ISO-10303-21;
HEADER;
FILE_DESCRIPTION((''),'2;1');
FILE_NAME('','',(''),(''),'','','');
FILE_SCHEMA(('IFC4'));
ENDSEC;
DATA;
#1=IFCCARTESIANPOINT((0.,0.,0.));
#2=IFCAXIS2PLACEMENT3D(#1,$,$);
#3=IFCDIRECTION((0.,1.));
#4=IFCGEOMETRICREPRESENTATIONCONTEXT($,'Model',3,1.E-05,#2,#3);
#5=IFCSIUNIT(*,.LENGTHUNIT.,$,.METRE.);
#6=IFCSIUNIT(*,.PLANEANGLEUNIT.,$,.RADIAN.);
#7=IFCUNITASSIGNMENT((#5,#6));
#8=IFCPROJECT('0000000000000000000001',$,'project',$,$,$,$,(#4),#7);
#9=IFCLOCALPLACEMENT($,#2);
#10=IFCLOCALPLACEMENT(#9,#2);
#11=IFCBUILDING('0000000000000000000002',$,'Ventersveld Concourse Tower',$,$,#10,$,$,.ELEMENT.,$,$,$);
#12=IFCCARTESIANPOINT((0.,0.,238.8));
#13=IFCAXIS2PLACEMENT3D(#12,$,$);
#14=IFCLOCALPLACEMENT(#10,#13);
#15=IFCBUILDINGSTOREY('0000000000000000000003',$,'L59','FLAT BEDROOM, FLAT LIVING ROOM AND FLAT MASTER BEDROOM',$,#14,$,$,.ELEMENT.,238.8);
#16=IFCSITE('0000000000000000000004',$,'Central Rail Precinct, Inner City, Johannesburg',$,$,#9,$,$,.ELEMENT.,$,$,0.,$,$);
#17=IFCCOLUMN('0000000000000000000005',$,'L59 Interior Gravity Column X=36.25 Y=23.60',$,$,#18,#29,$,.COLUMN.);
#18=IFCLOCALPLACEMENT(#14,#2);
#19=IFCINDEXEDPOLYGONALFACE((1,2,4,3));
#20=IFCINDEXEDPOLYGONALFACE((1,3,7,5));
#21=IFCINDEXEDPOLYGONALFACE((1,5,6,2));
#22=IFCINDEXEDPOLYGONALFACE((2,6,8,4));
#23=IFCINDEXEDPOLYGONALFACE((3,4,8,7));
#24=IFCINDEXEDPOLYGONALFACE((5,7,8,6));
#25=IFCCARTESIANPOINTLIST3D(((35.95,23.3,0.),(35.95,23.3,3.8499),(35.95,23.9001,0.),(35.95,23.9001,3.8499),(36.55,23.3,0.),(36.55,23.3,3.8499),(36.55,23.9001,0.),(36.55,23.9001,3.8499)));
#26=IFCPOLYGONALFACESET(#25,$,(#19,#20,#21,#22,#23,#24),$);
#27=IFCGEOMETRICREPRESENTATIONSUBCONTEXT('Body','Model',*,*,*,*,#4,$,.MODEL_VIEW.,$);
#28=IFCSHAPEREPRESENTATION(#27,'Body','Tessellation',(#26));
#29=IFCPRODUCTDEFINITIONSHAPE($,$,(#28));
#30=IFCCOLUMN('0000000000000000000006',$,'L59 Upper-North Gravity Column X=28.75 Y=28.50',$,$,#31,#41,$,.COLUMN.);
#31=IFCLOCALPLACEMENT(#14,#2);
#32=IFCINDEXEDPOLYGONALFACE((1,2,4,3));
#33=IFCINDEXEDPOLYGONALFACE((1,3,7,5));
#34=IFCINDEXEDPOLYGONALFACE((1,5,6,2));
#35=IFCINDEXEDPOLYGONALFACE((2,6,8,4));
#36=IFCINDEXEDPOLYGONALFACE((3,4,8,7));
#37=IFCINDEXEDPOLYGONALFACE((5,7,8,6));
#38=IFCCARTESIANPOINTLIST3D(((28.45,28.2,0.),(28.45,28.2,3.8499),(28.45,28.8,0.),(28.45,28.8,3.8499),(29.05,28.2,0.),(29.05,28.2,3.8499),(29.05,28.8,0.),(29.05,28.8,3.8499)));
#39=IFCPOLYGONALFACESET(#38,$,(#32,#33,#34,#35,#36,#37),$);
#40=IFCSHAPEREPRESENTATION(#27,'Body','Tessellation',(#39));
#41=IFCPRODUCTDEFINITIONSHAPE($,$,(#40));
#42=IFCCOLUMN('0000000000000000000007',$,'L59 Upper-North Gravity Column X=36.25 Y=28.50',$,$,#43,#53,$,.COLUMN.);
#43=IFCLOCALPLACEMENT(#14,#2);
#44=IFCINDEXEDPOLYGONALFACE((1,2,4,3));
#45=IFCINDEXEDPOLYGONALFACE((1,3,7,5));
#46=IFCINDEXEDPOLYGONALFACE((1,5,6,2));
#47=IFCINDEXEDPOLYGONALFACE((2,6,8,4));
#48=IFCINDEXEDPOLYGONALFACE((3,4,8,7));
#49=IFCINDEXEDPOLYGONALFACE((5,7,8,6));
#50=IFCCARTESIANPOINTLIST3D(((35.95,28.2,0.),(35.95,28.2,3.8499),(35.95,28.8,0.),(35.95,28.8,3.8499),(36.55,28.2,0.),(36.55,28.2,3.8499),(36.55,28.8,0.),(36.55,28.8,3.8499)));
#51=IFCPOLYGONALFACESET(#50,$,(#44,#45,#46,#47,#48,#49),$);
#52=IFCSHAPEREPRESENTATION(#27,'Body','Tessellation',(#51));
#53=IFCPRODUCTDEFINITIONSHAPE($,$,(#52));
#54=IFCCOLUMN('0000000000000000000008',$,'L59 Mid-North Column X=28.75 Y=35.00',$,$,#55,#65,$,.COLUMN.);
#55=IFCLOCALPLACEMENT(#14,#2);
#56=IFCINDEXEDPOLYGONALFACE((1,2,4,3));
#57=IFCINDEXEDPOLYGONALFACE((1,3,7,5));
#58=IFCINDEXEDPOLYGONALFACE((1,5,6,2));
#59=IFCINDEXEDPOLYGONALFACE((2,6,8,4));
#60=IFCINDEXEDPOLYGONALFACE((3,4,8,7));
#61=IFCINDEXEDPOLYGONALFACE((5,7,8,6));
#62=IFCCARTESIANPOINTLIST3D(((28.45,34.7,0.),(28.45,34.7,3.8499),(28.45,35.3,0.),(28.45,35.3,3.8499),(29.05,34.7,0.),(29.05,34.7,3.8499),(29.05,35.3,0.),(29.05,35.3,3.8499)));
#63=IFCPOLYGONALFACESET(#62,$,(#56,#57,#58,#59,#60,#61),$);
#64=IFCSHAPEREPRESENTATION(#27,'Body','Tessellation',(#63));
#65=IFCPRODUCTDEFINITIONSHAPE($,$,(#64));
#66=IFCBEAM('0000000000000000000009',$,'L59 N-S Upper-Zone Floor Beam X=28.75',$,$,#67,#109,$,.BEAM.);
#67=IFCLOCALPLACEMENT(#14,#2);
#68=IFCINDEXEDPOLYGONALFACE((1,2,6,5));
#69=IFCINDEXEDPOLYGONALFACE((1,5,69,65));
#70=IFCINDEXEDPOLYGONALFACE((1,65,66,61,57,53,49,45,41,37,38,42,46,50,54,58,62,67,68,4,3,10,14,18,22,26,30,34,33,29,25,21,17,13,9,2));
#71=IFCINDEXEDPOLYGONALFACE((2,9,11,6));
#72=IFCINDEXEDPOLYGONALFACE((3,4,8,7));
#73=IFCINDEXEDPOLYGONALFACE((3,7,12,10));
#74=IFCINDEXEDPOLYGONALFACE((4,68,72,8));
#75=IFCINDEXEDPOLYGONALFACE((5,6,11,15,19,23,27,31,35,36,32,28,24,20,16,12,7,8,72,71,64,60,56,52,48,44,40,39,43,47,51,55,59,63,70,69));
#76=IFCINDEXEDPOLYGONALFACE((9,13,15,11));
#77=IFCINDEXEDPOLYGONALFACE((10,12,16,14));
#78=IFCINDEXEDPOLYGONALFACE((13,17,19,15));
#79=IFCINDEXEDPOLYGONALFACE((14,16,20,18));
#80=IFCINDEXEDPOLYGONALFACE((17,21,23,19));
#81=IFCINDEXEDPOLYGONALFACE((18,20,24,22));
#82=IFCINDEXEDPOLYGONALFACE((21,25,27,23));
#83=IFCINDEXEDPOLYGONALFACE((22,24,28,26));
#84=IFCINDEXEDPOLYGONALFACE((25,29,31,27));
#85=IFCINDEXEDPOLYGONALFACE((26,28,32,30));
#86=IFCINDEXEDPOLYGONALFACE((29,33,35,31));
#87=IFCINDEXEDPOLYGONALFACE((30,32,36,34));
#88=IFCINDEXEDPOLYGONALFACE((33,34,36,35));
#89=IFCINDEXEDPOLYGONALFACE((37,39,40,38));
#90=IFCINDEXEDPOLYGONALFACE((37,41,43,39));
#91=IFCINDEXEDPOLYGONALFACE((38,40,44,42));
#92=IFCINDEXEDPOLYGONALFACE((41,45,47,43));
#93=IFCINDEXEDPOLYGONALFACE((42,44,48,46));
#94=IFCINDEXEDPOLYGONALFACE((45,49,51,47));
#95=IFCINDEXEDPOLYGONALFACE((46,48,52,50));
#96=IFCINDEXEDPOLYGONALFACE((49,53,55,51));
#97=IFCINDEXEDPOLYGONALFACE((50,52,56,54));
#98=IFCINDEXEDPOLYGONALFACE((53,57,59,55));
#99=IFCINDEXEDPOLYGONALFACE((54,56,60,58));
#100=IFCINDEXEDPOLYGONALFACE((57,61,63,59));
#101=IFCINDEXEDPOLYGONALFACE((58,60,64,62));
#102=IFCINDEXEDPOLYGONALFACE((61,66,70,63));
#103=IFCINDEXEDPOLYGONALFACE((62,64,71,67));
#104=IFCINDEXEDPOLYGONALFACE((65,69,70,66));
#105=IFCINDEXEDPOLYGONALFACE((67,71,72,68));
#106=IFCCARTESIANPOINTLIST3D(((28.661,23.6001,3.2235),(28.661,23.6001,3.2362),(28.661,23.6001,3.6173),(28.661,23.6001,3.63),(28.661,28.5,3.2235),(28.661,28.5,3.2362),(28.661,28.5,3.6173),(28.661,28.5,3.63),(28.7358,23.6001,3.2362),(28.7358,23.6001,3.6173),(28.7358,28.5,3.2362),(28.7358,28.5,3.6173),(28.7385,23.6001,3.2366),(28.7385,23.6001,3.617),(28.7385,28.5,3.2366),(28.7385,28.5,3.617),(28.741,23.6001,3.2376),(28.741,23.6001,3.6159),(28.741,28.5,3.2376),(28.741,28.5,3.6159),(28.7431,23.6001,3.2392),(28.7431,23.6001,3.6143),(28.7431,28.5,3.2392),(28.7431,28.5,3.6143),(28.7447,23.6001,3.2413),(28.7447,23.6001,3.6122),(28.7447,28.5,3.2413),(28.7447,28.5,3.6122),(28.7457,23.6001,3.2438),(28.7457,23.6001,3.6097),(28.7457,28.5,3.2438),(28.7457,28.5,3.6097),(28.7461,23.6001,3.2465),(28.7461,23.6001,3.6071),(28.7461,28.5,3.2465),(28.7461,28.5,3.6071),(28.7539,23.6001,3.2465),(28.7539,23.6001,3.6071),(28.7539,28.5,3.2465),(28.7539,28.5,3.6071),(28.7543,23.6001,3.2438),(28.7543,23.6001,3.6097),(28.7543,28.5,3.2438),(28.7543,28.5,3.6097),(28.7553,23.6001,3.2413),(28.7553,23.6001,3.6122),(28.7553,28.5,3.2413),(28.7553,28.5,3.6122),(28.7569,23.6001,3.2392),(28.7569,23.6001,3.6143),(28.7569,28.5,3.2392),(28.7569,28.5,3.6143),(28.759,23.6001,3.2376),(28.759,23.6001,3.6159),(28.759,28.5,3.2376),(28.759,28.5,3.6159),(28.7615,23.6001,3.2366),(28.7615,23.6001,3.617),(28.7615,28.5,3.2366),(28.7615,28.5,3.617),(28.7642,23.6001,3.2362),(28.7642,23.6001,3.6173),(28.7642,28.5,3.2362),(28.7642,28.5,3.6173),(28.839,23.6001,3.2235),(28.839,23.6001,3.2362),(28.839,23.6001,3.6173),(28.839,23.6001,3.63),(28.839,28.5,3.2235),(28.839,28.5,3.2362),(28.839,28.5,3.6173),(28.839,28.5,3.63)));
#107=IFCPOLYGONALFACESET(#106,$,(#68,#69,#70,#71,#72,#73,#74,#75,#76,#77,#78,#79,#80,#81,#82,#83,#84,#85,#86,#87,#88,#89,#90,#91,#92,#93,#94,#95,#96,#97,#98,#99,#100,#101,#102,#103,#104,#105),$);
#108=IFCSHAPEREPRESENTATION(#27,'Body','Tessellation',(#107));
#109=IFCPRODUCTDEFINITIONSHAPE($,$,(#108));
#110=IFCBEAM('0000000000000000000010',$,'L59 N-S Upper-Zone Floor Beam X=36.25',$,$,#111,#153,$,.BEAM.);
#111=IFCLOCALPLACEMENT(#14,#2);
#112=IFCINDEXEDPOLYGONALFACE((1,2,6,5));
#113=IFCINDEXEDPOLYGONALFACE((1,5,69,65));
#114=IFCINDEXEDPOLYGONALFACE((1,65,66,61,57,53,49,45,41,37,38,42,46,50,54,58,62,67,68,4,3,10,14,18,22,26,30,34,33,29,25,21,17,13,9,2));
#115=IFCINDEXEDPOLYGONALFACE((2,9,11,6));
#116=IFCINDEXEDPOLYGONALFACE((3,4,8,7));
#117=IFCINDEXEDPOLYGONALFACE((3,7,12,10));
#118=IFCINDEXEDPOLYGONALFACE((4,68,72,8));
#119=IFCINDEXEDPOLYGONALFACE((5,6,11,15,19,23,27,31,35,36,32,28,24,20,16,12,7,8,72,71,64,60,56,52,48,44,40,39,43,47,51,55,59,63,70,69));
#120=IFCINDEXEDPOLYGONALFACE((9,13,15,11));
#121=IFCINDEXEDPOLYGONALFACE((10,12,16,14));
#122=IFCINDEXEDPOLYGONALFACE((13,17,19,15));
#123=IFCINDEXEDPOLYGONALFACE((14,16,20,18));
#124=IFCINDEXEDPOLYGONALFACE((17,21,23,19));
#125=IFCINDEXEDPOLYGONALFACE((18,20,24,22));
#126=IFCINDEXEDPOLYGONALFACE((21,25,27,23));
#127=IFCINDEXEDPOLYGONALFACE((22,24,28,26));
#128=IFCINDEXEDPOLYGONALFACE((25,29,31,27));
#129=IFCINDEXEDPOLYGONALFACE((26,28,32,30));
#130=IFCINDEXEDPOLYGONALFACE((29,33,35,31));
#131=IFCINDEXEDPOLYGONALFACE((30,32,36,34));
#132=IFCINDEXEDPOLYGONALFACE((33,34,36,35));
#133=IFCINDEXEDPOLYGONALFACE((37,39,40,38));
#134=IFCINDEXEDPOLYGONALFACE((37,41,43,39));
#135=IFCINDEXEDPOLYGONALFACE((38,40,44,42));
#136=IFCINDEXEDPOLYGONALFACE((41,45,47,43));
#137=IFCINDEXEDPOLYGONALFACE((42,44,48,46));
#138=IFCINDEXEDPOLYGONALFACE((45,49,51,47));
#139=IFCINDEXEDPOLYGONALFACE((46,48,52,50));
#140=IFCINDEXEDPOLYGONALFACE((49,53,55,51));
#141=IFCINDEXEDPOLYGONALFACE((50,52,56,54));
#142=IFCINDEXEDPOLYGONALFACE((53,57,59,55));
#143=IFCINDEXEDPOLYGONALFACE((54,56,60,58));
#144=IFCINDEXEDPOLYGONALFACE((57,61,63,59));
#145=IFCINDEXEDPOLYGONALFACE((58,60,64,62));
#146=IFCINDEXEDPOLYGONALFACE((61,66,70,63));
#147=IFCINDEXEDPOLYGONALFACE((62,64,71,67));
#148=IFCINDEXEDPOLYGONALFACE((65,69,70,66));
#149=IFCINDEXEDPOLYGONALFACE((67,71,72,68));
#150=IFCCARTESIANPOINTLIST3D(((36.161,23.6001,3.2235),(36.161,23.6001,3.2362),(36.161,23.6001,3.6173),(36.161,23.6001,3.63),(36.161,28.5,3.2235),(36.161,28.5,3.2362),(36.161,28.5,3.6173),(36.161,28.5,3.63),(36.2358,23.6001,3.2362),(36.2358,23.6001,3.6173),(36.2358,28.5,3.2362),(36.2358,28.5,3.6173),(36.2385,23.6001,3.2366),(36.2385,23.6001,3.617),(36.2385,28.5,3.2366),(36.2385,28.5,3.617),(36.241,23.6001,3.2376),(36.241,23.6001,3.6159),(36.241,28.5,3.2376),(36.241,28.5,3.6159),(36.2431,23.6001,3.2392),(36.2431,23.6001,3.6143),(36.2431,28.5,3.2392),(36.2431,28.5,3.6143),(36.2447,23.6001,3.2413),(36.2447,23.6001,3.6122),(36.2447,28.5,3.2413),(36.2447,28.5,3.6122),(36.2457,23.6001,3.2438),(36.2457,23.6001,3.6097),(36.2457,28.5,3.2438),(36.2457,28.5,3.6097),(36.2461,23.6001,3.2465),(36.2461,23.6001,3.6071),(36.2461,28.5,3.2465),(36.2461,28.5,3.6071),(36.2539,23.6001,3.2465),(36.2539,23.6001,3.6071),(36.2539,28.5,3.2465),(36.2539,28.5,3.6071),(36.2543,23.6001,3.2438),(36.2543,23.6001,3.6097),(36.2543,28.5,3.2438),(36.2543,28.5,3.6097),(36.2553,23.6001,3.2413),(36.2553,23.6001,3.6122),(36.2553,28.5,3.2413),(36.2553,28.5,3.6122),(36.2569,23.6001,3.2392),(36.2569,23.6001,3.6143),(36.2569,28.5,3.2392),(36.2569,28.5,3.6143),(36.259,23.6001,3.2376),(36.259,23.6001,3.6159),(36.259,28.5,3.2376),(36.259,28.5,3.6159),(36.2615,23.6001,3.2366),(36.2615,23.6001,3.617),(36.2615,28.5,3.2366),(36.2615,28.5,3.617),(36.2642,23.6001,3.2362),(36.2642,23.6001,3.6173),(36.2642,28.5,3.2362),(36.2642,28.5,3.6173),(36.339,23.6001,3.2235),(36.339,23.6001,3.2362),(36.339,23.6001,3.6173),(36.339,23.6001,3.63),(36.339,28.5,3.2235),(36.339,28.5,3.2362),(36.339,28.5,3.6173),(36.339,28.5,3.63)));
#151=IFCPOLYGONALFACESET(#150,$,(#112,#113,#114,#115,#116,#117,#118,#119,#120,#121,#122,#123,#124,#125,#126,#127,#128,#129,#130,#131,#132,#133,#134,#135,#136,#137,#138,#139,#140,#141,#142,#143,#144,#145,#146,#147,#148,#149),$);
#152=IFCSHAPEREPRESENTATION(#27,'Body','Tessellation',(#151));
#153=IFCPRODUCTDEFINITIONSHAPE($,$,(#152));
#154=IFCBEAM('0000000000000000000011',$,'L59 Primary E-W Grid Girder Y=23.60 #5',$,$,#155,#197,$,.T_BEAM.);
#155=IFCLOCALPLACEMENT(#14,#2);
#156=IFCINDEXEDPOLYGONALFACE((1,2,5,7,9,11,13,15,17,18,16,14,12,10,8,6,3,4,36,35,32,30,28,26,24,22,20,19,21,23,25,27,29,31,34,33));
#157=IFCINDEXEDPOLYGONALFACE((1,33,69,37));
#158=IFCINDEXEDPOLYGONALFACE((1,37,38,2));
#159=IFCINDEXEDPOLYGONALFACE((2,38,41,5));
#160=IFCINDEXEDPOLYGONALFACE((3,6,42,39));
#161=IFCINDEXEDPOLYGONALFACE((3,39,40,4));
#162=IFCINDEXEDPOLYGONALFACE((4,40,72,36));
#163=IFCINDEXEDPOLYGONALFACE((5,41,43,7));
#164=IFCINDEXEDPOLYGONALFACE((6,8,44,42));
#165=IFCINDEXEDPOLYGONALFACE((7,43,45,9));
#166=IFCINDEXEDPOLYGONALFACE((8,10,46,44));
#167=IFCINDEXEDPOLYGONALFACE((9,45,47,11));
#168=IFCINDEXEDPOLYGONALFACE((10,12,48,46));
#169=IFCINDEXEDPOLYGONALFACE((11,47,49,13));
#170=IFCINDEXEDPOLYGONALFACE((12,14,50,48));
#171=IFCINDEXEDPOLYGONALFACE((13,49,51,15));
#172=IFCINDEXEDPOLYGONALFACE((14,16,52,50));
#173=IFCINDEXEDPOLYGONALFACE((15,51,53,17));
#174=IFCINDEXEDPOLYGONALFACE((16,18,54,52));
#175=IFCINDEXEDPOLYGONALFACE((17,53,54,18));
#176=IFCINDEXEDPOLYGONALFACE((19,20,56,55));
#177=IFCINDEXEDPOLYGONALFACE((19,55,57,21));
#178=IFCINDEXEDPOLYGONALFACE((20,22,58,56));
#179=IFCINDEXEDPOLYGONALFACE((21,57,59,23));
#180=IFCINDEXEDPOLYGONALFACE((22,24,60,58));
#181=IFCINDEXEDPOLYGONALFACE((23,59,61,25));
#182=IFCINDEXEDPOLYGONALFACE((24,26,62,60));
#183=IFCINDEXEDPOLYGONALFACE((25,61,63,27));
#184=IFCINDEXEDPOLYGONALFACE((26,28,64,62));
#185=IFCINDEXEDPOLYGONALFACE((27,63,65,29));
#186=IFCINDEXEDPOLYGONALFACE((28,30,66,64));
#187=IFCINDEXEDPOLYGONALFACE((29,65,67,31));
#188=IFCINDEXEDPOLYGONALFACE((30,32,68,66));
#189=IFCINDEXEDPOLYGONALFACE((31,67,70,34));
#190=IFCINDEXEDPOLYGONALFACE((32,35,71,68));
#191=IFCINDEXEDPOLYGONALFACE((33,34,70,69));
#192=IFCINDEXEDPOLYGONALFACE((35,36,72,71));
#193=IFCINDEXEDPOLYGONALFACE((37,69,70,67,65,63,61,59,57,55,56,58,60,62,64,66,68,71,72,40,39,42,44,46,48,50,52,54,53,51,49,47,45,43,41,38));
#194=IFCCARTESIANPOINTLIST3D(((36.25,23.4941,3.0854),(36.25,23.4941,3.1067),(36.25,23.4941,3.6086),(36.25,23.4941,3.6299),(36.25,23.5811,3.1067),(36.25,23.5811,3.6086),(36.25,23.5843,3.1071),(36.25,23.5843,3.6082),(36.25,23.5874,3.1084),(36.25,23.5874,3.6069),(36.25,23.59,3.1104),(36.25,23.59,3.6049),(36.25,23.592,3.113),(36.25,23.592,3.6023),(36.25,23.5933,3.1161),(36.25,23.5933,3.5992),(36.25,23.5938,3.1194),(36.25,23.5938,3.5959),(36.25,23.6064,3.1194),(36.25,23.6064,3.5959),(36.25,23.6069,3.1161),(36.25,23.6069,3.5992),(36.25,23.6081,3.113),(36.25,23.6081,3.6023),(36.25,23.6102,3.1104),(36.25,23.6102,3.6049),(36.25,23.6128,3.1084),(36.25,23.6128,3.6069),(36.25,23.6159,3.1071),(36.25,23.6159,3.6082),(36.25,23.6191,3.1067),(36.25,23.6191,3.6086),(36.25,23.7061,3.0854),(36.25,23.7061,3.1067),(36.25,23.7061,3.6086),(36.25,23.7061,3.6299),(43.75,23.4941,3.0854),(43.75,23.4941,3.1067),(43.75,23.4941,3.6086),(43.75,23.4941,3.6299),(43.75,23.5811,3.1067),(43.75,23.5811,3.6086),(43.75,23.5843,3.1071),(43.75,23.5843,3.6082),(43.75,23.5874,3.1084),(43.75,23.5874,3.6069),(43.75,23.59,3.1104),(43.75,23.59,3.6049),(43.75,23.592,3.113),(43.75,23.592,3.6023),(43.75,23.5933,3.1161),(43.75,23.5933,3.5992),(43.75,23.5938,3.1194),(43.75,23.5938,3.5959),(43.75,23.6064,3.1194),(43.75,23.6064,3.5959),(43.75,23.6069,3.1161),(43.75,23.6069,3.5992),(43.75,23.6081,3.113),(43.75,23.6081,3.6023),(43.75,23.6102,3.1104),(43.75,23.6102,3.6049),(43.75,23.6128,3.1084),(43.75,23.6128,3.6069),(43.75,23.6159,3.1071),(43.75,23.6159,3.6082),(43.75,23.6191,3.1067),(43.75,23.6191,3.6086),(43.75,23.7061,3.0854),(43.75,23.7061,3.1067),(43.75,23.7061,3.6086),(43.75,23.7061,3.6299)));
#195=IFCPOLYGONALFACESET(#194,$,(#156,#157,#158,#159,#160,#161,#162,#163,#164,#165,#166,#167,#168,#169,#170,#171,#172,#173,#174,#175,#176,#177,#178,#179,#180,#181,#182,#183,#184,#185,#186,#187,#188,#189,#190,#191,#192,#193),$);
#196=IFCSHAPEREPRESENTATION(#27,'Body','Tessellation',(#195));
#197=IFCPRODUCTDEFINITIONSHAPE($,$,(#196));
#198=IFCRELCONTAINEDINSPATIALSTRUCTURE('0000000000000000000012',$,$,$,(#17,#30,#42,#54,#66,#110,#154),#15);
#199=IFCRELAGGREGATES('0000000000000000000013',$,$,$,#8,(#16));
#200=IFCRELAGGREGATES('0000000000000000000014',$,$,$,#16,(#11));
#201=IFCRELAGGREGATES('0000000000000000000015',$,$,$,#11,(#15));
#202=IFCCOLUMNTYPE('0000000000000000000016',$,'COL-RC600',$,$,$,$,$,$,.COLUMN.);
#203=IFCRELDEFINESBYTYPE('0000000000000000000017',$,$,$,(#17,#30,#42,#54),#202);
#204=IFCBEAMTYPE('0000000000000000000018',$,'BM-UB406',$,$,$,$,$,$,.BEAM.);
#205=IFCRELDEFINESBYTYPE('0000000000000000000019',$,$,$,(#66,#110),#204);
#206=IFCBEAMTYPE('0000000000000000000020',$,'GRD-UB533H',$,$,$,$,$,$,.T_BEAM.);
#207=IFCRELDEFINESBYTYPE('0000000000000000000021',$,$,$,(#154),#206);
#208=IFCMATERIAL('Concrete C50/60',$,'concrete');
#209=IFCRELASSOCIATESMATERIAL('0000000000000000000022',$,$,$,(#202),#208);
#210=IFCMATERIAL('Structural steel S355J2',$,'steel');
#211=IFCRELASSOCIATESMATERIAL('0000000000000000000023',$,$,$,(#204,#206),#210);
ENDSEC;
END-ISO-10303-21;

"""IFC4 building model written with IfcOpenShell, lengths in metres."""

from ifc_helpers import new_model, si_unit, direction, frame, origin, origin_2d, place, context, subcontext, project, spatial, rectangle, i_section, extrude, material, material_profile, profile_set, type_object, element, save


model = new_model("IFC4")

# Units and contexts
model_context = context("Model", 3, precision=1e-05, world=origin(), true_north=direction((0.0, 1.0)))
body_context = subcontext(model_context, "Body", "Model", "MODEL_VIEW")
ifc_project = project(units=[si_unit("LENGTHUNIT", "METRE"), si_unit("PLANEANGLEUNIT", "RADIAN")], contexts=[model_context])

# Site, building, storey
site_placement = place(None, origin())
site = spatial("IfcSite", under=ifc_project, at=site_placement, Name="Central Rail Precinct, Inner City, Johannesburg", CompositionType="ELEMENT", RefElevation=0.0)
building_placement = place(site_placement, origin())
building = spatial("IfcBuilding", under=site, at=building_placement, Name="Ventersveld Concourse Tower", CompositionType="ELEMENT")
storey_placement = place(building_placement, frame((0.0, 0.0, 238.8)))
storey = spatial("IfcBuildingStorey", under=building, at=storey_placement, Name="L59", Description="FLAT BEDROOM, FLAT LIVING ROOM AND FLAT MASTER BEDROOM", CompositionType="ELEMENT", Elevation=238.8)

# Columns
ifc_material_1 = material(Name="Concrete C50/60", Category="concrete")
ifc_material_profile_1 = material_profile(ifc_material_1, rectangle(XDim=0.6001, YDim=0.6001, at=origin_2d()), Name="RC 600x600")
ifc_profile_set_1 = profile_set([ifc_material_profile_1], Name="Concrete C50/60")
column_type = type_object("IfcColumnType", Name="COL-RC600", PredefinedType="COLUMN", material=ifc_profile_set_1)
for number, where, z_axis, x_axis, name in (
    (1, (36.25, 23.6001, 0.0), (0.0, 0.0, 1.0), (1.0, 0.0, 0.0), "L59 Interior Gravity Column X=36.25 Y=23.60"),
    (2, (28.75, 28.5, 0.0), (0.0, 0.0, 1.0), (1.0, 0.0, 0.0), "L59 Upper-North Gravity Column X=28.75 Y=28.50"),
    (3, (36.25, 28.5, 0.0), (0.0, 0.0, 1.0), (1.0, 0.0, 0.0), "L59 Upper-North Gravity Column X=36.25 Y=28.50"),
    (4, (28.75, 35.0, 0.0), (0.0, 0.0, 1.0), (1.0, 0.0, 0.0), "L59 Mid-North Column X=28.75 Y=35.00"),
):
    element("IfcColumn", number, at=place(storey_placement, frame(where, z_axis=z_axis, x_axis=x_axis)), inside=storey, type_object=column_type, Name=name, PredefinedType="COLUMN", context=body_context, shape_type="SweptSolid", body=[
        extrude(rectangle(XDim=0.6001, YDim=0.6001, at=origin_2d()), origin(), (0.0, 0.0, 1.0), 3.8499),
    ])

# Beams
ifc_material_2 = material(Name="Structural steel S355J2", Category="steel")
ifc_material_profile_2 = material_profile(ifc_material_2, i_section(OverallWidth=0.178, OverallDepth=0.4065, WebThickness=0.0078, FlangeThickness=0.0127, FilletRadius=0.0103, at=origin_2d()), Name="UB 406x178x60")
ifc_profile_set_2 = profile_set([ifc_material_profile_2], Name="Structural steel S355J2")
beam_type_1 = type_object("IfcBeamType", Name="BM-UB406", PredefinedType="BEAM", material=ifc_profile_set_2)
for number, where, z_axis, x_axis, name in (
    (5, (28.75, 23.6001, 3.4268), (0.0, 1.0, 0.0), (-1.0, 0.0, 0.0), "L59 N-S Upper-Zone Floor Beam X=28.75"),
    (6, (36.25, 23.6001, 3.4268), (0.0, 1.0, 0.0), (-1.0, 0.0, 0.0), "L59 N-S Upper-Zone Floor Beam X=36.25"),
):
    element("IfcBeam", number, at=place(storey_placement, frame(where, z_axis=z_axis, x_axis=x_axis)), inside=storey, type_object=beam_type_1, Name=name, PredefinedType="BEAM", context=body_context, shape_type="SweptSolid", body=[
        extrude(i_section(OverallWidth=0.178, OverallDepth=0.4065, WebThickness=0.0078, FlangeThickness=0.0127, FilletRadius=0.0103, at=origin_2d()), origin(), (0.0, 0.0, 1.0), 4.8999),
    ])
ifc_material_profile_3 = material_profile(ifc_material_2, i_section(OverallWidth=0.2119, OverallDepth=0.5444, WebThickness=0.0127, FlangeThickness=0.0212, FilletRadius=0.0127, at=origin_2d()), Name="UB 533x210x122")
ifc_profile_set_3 = profile_set([ifc_material_profile_3], Name="Structural steel S355J2")
beam_type_2 = type_object("IfcBeamType", Name="GRD-UB533H", PredefinedType="T_BEAM", material=ifc_profile_set_3)
for number, where, z_axis, x_axis, name in (
    (7, (36.25, 23.6001, 3.3577), (1.0, 0.0, 0.0), (0.0, 1.0, 0.0), "L59 Primary E-W Grid Girder Y=23.60 #5"),
):
    element("IfcBeam", number, at=place(storey_placement, frame(where, z_axis=z_axis, x_axis=x_axis)), inside=storey, type_object=beam_type_2, Name=name, PredefinedType="T_BEAM", context=body_context, shape_type="SweptSolid", body=[
        extrude(i_section(OverallWidth=0.2119, OverallDepth=0.5444, WebThickness=0.0127, FlangeThickness=0.0212, FilletRadius=0.0127, at=origin_2d()), origin(), (0.0, 0.0, 1.0), 7.5),
    ])

save(model, "model.ifc")
